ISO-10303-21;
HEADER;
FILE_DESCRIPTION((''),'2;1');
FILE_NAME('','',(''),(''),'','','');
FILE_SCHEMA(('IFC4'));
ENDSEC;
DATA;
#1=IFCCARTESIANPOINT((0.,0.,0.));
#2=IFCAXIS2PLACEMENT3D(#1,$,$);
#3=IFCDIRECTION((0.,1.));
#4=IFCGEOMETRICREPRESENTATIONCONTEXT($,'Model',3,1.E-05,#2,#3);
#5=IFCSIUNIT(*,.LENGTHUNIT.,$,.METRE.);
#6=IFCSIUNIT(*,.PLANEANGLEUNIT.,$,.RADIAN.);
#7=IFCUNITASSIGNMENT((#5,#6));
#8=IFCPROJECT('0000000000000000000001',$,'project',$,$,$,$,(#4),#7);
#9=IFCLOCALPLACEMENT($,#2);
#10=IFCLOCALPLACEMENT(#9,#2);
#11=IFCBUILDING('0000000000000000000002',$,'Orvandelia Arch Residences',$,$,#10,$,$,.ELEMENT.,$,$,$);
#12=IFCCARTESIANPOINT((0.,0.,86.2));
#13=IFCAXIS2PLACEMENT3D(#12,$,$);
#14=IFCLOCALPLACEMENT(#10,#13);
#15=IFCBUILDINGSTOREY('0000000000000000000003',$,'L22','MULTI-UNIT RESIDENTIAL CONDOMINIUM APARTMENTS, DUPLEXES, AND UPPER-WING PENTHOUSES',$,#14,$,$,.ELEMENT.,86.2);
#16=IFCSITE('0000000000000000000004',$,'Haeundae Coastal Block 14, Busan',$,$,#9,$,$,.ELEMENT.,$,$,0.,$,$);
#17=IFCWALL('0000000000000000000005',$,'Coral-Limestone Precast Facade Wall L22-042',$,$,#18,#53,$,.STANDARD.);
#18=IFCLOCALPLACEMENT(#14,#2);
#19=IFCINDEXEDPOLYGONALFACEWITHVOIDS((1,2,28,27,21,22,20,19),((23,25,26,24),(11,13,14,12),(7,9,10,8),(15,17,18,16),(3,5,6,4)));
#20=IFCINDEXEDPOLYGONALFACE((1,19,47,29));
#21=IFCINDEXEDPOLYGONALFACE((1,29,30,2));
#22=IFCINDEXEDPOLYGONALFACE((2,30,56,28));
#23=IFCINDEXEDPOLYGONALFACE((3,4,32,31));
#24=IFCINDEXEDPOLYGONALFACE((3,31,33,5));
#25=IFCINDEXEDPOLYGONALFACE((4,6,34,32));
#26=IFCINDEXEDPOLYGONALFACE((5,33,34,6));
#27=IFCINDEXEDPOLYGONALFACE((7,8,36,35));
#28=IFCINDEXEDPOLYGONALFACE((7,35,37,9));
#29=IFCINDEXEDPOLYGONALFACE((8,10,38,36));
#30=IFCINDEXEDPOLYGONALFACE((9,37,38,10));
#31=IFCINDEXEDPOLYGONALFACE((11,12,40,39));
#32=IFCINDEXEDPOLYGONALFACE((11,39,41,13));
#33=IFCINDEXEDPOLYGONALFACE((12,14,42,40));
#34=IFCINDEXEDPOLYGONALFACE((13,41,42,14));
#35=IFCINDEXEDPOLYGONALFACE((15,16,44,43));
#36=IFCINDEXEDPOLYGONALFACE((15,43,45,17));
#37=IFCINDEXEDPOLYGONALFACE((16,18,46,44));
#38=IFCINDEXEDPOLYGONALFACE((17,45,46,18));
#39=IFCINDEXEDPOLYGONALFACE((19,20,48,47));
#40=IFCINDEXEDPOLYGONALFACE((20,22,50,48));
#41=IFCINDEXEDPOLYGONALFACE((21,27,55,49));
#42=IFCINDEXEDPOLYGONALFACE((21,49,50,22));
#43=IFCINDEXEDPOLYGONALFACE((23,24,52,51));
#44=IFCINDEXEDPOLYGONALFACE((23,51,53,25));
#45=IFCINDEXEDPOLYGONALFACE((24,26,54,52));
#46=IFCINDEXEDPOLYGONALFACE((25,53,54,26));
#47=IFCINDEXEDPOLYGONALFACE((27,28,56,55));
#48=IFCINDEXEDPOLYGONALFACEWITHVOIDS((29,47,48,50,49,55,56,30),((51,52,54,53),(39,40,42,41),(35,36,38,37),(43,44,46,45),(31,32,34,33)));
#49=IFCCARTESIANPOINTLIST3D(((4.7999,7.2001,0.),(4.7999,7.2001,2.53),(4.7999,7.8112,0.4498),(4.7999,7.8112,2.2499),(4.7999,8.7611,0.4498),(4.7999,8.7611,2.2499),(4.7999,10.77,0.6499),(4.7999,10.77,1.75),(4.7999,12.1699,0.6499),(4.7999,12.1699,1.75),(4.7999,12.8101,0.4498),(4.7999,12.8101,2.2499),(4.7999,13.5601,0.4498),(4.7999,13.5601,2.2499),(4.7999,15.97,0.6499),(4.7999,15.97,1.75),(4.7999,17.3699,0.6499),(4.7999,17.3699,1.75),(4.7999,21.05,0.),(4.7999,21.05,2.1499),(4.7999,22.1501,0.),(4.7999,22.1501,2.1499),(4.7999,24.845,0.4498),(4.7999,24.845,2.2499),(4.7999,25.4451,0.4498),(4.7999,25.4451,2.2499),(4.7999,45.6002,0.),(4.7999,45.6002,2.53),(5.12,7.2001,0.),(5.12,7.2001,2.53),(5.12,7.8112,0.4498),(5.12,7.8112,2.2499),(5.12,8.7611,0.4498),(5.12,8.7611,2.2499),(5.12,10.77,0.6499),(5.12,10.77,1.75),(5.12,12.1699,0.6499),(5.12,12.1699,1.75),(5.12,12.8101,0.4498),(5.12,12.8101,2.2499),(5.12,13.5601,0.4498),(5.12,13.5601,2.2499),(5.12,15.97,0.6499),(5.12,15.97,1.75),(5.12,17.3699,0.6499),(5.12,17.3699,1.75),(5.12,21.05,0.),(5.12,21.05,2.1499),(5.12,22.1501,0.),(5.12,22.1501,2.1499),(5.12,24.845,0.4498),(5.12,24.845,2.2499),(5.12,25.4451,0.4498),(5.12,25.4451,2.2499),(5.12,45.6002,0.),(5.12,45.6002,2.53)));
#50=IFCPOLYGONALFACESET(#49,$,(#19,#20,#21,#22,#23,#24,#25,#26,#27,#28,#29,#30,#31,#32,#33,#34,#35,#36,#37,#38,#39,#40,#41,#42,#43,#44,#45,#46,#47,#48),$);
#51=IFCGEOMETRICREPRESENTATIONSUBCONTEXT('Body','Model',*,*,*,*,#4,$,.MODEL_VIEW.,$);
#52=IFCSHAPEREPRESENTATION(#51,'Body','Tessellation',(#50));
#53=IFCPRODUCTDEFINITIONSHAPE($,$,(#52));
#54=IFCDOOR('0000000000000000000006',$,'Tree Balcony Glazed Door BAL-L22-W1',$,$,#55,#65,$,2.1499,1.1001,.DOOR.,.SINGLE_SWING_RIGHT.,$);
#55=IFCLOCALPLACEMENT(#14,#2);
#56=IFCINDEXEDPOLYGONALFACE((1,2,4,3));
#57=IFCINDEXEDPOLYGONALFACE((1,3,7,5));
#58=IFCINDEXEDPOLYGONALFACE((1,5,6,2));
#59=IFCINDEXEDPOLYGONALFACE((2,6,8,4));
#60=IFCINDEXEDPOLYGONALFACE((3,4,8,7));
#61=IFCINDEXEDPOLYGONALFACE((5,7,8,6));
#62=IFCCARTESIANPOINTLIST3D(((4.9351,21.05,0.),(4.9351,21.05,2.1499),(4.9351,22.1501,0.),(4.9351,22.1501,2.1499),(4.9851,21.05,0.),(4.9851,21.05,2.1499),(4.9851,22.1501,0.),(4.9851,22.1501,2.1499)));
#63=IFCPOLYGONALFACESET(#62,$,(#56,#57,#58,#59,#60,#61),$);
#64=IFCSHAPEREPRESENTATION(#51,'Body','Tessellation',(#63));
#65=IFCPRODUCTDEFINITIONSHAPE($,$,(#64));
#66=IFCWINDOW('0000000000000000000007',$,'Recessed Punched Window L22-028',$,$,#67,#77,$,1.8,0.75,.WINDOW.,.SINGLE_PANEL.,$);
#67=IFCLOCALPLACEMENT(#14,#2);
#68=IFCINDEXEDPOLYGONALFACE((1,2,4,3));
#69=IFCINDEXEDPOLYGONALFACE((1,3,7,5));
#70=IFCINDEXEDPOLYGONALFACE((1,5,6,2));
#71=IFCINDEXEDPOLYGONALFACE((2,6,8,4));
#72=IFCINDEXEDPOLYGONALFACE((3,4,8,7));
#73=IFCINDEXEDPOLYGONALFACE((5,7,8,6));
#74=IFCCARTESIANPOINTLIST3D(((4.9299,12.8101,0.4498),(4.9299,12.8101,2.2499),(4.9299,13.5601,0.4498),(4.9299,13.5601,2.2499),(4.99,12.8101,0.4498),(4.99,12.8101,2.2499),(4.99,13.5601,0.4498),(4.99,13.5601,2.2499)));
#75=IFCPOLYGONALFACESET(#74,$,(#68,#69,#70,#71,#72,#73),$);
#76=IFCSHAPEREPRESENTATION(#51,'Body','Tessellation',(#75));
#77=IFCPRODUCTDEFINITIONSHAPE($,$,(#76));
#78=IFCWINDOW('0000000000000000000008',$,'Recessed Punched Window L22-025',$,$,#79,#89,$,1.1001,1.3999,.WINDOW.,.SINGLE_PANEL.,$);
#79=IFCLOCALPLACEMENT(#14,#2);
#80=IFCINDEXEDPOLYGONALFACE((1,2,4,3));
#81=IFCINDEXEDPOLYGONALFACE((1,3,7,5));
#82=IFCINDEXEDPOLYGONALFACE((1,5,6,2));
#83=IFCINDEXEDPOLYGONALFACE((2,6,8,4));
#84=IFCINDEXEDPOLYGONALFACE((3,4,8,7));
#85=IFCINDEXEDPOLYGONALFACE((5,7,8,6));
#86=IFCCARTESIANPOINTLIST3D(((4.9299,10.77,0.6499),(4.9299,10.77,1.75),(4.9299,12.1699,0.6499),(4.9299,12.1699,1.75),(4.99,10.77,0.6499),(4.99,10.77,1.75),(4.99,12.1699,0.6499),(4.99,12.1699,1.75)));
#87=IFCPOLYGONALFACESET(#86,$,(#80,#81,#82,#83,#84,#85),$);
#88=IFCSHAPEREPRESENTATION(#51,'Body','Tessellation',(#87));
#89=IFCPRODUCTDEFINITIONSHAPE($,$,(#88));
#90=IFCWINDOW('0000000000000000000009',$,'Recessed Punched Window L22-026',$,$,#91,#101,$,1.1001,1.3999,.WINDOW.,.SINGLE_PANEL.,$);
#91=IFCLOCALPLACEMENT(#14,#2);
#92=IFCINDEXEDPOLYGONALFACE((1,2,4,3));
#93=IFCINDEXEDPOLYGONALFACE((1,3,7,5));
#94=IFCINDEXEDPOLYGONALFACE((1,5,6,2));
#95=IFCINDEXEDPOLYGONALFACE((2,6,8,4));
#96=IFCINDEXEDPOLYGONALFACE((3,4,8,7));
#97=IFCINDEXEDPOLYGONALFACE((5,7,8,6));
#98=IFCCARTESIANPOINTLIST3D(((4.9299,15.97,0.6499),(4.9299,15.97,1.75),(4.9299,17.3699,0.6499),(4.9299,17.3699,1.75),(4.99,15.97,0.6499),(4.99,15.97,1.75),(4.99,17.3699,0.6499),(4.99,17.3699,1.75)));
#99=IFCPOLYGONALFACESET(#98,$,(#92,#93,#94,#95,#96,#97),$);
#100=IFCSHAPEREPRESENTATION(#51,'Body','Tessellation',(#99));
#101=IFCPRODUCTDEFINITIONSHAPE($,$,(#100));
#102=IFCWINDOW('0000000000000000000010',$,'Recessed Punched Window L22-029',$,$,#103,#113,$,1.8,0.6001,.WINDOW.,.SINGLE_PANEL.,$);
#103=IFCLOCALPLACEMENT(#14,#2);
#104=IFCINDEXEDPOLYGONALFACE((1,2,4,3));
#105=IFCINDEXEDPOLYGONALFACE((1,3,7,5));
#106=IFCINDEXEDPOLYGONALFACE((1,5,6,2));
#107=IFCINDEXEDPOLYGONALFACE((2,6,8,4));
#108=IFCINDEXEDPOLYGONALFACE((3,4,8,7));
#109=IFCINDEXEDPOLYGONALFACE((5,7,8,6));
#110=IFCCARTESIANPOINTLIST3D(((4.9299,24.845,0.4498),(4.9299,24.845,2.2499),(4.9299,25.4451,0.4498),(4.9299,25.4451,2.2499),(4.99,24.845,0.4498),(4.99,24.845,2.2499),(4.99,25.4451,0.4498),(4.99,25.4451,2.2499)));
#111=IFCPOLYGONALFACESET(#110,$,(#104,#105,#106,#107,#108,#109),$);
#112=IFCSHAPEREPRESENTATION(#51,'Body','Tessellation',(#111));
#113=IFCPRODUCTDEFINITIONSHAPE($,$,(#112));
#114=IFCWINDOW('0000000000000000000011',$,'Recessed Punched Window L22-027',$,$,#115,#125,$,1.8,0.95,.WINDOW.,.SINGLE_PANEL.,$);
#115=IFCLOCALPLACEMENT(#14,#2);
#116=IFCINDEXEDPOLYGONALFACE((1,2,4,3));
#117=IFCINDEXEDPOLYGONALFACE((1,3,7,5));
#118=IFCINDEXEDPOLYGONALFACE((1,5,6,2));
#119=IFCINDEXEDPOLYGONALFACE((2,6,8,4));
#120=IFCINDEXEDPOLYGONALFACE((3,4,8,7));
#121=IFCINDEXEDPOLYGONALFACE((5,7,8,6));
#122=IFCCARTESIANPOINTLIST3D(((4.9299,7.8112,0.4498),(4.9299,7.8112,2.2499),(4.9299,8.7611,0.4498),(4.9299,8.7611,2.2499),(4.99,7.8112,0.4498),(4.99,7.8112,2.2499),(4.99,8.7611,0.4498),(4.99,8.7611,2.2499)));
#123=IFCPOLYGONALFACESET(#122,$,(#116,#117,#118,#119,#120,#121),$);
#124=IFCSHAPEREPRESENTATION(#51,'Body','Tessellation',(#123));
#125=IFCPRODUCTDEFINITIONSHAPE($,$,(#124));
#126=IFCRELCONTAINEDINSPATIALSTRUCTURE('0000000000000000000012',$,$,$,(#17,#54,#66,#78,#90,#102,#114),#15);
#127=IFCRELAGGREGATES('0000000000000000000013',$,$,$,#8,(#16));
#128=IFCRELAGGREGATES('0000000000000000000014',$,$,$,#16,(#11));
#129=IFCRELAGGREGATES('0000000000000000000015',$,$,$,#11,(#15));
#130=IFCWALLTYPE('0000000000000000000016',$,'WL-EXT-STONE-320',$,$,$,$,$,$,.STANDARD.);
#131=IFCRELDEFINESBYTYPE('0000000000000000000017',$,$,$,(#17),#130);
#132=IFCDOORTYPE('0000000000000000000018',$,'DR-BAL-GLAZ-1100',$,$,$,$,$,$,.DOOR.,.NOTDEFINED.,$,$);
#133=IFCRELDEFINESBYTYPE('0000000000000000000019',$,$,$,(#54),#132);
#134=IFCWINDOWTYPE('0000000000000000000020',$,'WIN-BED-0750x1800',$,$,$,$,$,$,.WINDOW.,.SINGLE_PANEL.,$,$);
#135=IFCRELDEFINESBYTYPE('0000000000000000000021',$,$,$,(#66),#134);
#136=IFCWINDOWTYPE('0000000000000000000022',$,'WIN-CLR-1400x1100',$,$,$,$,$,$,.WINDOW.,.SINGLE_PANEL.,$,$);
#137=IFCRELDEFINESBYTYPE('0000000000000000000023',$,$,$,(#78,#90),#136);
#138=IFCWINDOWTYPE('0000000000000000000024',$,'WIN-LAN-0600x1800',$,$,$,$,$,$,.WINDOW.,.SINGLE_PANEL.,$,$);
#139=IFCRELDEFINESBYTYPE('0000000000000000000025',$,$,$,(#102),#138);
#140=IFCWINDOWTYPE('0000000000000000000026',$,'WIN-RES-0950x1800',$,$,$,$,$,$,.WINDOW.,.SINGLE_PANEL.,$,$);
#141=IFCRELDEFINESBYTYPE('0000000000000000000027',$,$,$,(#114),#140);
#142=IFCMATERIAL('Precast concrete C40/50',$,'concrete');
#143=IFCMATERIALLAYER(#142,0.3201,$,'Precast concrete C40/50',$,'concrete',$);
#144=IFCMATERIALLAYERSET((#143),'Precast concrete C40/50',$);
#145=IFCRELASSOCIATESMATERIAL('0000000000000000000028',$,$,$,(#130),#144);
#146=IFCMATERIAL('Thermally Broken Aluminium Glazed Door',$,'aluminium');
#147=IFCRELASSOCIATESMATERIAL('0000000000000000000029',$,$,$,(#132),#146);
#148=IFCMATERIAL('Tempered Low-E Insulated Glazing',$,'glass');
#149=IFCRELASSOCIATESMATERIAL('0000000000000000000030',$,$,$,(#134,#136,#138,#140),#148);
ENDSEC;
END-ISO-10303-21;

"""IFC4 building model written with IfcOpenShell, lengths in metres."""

from ifc_helpers import new_model, si_unit, direction, frame, frame_2d, origin, place, context, subcontext, project, spatial, rectangle, extrude, material, layer, layer_set, type_object, element, fill, save


model = new_model("IFC4")

# Units and contexts
model_context = context("Model", 3, precision=1e-05, world=origin(), true_north=direction((0.0, 1.0)))
body_context = subcontext(model_context, "Body", "Model", "MODEL_VIEW")
ifc_project = project(units=[si_unit("LENGTHUNIT", "METRE"), si_unit("PLANEANGLEUNIT", "RADIAN")], contexts=[model_context])

# Site, building, storey
site_placement = place(None, origin())
site = spatial("IfcSite", under=ifc_project, at=site_placement, Name="Haeundae Coastal Block 14, Busan", CompositionType="ELEMENT", RefElevation=0.0)
building_placement = place(site_placement, origin())
building = spatial("IfcBuilding", under=site, at=building_placement, Name="Orvandelia Arch Residences", CompositionType="ELEMENT")
storey_placement = place(building_placement, frame((0.0, 0.0, 86.2)))
storey = spatial("IfcBuildingStorey", under=building, at=storey_placement, Name="L22", Description="MULTI-UNIT RESIDENTIAL CONDOMINIUM APARTMENTS, DUPLEXES, AND UPPER-WING PENTHOUSES", CompositionType="ELEMENT", Elevation=86.2)

# Shared definitions
ifc_material_1 = material(Name="Precast concrete C40/50", Category="concrete")

# Shared definitions
ifc_layer_1 = layer(ifc_material_1, 0.3201, Name="Precast concrete C40/50", Category="concrete")
ifc_layer_set_1 = layer_set([ifc_layer_1], Name="Precast concrete C40/50")
wall_type_1 = type_object("IfcWallType", Name="WL-EXT-STONE-320", PredefinedType="STANDARD", material=ifc_layer_set_1)

# Wall, openings, door, windows
wall_1_placement = place(storey_placement, frame((4.96, 7.2, 0.0), z_axis=(0.0, 0.0, 1.0), x_axis=(0.0, 1.0, 0.0)))
wall_1 = element("IfcWall", 1, at=wall_1_placement, inside=storey, type_object=wall_type_1, Name="Coral-Limestone Precast Facade Wall L22-042", PredefinedType="STANDARD", context=body_context, shape_type="SweptSolid", body=[
    extrude(rectangle(XDim=38.4001, YDim=0.3201, at=frame_2d((19.2002, 0.0))), origin(), (0.0, 0.0, 1.0), 2.53),
])
opening_1_placement = place(wall_1_placement, frame((13.8501, 0.0, 0.0)))
opening_1 = element("IfcOpeningElement", 2, at=opening_1_placement, cuts=wall_1, PredefinedType="OPENING", context=body_context, shape_type="SweptSolid", body=[
    extrude(rectangle(XDim=1.1001, YDim=2.1499, at=frame_2d((0.55, 1.075))), frame((0.0, 0.1699, 0.0), z_axis=(0.0, -1.0, 0.0), x_axis=(1.0, 0.0, 0.0)), (0.0, 0.0, 1.0), 0.3401),
])
opening_2_placement = place(wall_1_placement, frame((3.5701, 0.0, 0.6499)))
opening_2 = element("IfcOpeningElement", 3, at=opening_2_placement, cuts=wall_1, PredefinedType="OPENING", context=body_context, shape_type="SweptSolid", body=[
    extrude(rectangle(XDim=1.3999, YDim=1.1001, at=frame_2d((0.7, 0.55))), frame((0.0, 0.1699, 0.0), z_axis=(0.0, -1.0, 0.0), x_axis=(1.0, 0.0, 0.0)), (0.0, 0.0, 1.0), 0.3401),
])
opening_3_placement = place(wall_1_placement, frame((8.77, 0.0, 0.6499)))
opening_3 = element("IfcOpeningElement", 4, at=opening_3_placement, cuts=wall_1, PredefinedType="OPENING", context=body_context, shape_type="SweptSolid", body=[
    extrude(rectangle(XDim=1.3999, YDim=1.1001, at=frame_2d((0.7, 0.55))), frame((0.0, 0.1699, 0.0), z_axis=(0.0, -1.0, 0.0), x_axis=(1.0, 0.0, 0.0)), (0.0, 0.0, 1.0), 0.3401),
])
opening_4_placement = place(wall_1_placement, frame((0.6111, 0.0, 0.45)))
opening_4 = element("IfcOpeningElement", 5, at=opening_4_placement, cuts=wall_1, PredefinedType="OPENING", context=body_context, shape_type="SweptSolid", body=[
    extrude(rectangle(XDim=0.95, YDim=1.8, at=frame_2d((0.4751, 0.8999))), frame((0.0, 0.1699, 0.0), z_axis=(0.0, -1.0, 0.0), x_axis=(1.0, 0.0, 0.0)), (0.0, 0.0, 1.0), 0.3401),
])
opening_5_placement = place(wall_1_placement, frame((5.6101, 0.0, 0.45)))
opening_5 = element("IfcOpeningElement", 6, at=opening_5_placement, cuts=wall_1, PredefinedType="OPENING", context=body_context, shape_type="SweptSolid", body=[
    extrude(rectangle(XDim=0.75, YDim=1.8, at=frame_2d((0.375, 0.8999))), frame((0.0, 0.1699, 0.0), z_axis=(0.0, -1.0, 0.0), x_axis=(1.0, 0.0, 0.0)), (0.0, 0.0, 1.0), 0.3401),
])
opening_6_placement = place(wall_1_placement, frame((17.645, 0.0, 0.45)))
opening_6 = element("IfcOpeningElement", 7, at=opening_6_placement, cuts=wall_1, PredefinedType="OPENING", context=body_context, shape_type="SweptSolid", body=[
    extrude(rectangle(XDim=0.6001, YDim=1.8, at=frame_2d((0.3, 0.8999))), frame((0.0, 0.1699, 0.0), z_axis=(0.0, -1.0, 0.0), x_axis=(1.0, 0.0, 0.0)), (0.0, 0.0, 1.0), 0.3401),
])
ifc_material_2 = material(Name="Thermally Broken Aluminium Glazed Door", Category="aluminium")
door_type_1 = type_object("IfcDoorType", Name="DR-BAL-GLAZ-1100", OperationType="NOTDEFINED", PredefinedType="DOOR", material=ifc_material_2)
door_1_placement = place(opening_1_placement, origin())
door_1 = element("IfcDoor", 8, at=door_1_placement, inside=storey, type_object=door_type_1, Name="Tree Balcony Glazed Door BAL-L22-W1", OperationType="SINGLE_SWING_RIGHT", OverallHeight=2.1499, OverallWidth=1.1001, PredefinedType="DOOR", context=body_context, shape_type="SweptSolid", body=[
    extrude(rectangle(XDim=1.1001, YDim=2.1499, at=frame_2d((0.55, 1.075))), frame((0.0, 0.0249, 0.0), z_axis=(0.0, -1.0, 0.0), x_axis=(1.0, 0.0, 0.0)), (0.0, 0.0, 1.0), 0.05),
])
fill(opening_1, door_1)
ifc_material_3 = material(Name="Tempered Low-E Insulated Glazing", Category="glass")
window_type_1 = type_object("IfcWindowType", Name="WIN-BED-0750x1800", PartitioningType="SINGLE_PANEL", PredefinedType="WINDOW", material=ifc_material_3)
window_1_placement = place(opening_5_placement, origin())
window_1 = element("IfcWindow", 9, at=window_1_placement, inside=storey, type_object=window_type_1, Name="Recessed Punched Window L22-028", OverallHeight=1.8, OverallWidth=0.75, PartitioningType="SINGLE_PANEL", PredefinedType="WINDOW", context=body_context, shape_type="SweptSolid", body=[
    extrude(rectangle(XDim=0.75, YDim=1.8, at=frame_2d((0.375, 0.8999))), frame((0.0, 0.03, 0.0), z_axis=(0.0, -1.0, 0.0), x_axis=(1.0, 0.0, 0.0)), (0.0, 0.0, 1.0), 0.0601),
])
fill(opening_5, window_1)
window_type_2 = type_object("IfcWindowType", Name="WIN-CLR-1400x1100", PartitioningType="SINGLE_PANEL", PredefinedType="WINDOW", material=ifc_material_3)
window_2_placement = place(opening_2_placement, origin())
window_2 = element("IfcWindow", 10, at=window_2_placement, inside=storey, type_object=window_type_2, Name="Recessed Punched Window L22-025", OverallHeight=1.1001, OverallWidth=1.3999, PartitioningType="SINGLE_PANEL", PredefinedType="WINDOW", context=body_context, shape_type="SweptSolid", body=[
    extrude(rectangle(XDim=1.3999, YDim=1.1001, at=frame_2d((0.7, 0.55))), frame((0.0, 0.03, 0.0), z_axis=(0.0, -1.0, 0.0), x_axis=(1.0, 0.0, 0.0)), (0.0, 0.0, 1.0), 0.0601),
])
fill(opening_2, window_2)
window_3_placement = place(opening_3_placement, origin())
window_3 = element("IfcWindow", 11, at=window_3_placement, inside=storey, type_object=window_type_2, Name="Recessed Punched Window L22-026", OverallHeight=1.1001, OverallWidth=1.3999, PartitioningType="SINGLE_PANEL", PredefinedType="WINDOW", context=body_context, shape_type="SweptSolid", body=[
    extrude(rectangle(XDim=1.3999, YDim=1.1001, at=frame_2d((0.7, 0.55))), frame((0.0, 0.03, 0.0), z_axis=(0.0, -1.0, 0.0), x_axis=(1.0, 0.0, 0.0)), (0.0, 0.0, 1.0), 0.0601),
])
fill(opening_3, window_3)
window_type_3 = type_object("IfcWindowType", Name="WIN-LAN-0600x1800", PartitioningType="SINGLE_PANEL", PredefinedType="WINDOW", material=ifc_material_3)
window_4_placement = place(opening_6_placement, origin())
window_4 = element("IfcWindow", 12, at=window_4_placement, inside=storey, type_object=window_type_3, Name="Recessed Punched Window L22-029", OverallHeight=1.8, OverallWidth=0.6001, PartitioningType="SINGLE_PANEL", PredefinedType="WINDOW", context=body_context, shape_type="SweptSolid", body=[
    extrude(rectangle(XDim=0.6001, YDim=1.8, at=frame_2d((0.3, 0.8999))), frame((0.0, 0.03, 0.0), z_axis=(0.0, -1.0, 0.0), x_axis=(1.0, 0.0, 0.0)), (0.0, 0.0, 1.0), 0.0601),
])
fill(opening_6, window_4)
window_type_4 = type_object("IfcWindowType", Name="WIN-RES-0950x1800", PartitioningType="SINGLE_PANEL", PredefinedType="WINDOW", material=ifc_material_3)
window_5_placement = place(opening_4_placement, origin())
window_5 = element("IfcWindow", 13, at=window_5_placement, inside=storey, type_object=window_type_4, Name="Recessed Punched Window L22-027", OverallHeight=1.8, OverallWidth=0.95, PartitioningType="SINGLE_PANEL", PredefinedType="WINDOW", context=body_context, shape_type="SweptSolid", body=[
    extrude(rectangle(XDim=0.95, YDim=1.8, at=frame_2d((0.4751, 0.8999))), frame((0.0, 0.03, 0.0), z_axis=(0.0, -1.0, 0.0), x_axis=(1.0, 0.0, 0.0)), (0.0, 0.0, 1.0), 0.0601),
])
fill(opening_4, window_5)

save(model, "model.ifc")
